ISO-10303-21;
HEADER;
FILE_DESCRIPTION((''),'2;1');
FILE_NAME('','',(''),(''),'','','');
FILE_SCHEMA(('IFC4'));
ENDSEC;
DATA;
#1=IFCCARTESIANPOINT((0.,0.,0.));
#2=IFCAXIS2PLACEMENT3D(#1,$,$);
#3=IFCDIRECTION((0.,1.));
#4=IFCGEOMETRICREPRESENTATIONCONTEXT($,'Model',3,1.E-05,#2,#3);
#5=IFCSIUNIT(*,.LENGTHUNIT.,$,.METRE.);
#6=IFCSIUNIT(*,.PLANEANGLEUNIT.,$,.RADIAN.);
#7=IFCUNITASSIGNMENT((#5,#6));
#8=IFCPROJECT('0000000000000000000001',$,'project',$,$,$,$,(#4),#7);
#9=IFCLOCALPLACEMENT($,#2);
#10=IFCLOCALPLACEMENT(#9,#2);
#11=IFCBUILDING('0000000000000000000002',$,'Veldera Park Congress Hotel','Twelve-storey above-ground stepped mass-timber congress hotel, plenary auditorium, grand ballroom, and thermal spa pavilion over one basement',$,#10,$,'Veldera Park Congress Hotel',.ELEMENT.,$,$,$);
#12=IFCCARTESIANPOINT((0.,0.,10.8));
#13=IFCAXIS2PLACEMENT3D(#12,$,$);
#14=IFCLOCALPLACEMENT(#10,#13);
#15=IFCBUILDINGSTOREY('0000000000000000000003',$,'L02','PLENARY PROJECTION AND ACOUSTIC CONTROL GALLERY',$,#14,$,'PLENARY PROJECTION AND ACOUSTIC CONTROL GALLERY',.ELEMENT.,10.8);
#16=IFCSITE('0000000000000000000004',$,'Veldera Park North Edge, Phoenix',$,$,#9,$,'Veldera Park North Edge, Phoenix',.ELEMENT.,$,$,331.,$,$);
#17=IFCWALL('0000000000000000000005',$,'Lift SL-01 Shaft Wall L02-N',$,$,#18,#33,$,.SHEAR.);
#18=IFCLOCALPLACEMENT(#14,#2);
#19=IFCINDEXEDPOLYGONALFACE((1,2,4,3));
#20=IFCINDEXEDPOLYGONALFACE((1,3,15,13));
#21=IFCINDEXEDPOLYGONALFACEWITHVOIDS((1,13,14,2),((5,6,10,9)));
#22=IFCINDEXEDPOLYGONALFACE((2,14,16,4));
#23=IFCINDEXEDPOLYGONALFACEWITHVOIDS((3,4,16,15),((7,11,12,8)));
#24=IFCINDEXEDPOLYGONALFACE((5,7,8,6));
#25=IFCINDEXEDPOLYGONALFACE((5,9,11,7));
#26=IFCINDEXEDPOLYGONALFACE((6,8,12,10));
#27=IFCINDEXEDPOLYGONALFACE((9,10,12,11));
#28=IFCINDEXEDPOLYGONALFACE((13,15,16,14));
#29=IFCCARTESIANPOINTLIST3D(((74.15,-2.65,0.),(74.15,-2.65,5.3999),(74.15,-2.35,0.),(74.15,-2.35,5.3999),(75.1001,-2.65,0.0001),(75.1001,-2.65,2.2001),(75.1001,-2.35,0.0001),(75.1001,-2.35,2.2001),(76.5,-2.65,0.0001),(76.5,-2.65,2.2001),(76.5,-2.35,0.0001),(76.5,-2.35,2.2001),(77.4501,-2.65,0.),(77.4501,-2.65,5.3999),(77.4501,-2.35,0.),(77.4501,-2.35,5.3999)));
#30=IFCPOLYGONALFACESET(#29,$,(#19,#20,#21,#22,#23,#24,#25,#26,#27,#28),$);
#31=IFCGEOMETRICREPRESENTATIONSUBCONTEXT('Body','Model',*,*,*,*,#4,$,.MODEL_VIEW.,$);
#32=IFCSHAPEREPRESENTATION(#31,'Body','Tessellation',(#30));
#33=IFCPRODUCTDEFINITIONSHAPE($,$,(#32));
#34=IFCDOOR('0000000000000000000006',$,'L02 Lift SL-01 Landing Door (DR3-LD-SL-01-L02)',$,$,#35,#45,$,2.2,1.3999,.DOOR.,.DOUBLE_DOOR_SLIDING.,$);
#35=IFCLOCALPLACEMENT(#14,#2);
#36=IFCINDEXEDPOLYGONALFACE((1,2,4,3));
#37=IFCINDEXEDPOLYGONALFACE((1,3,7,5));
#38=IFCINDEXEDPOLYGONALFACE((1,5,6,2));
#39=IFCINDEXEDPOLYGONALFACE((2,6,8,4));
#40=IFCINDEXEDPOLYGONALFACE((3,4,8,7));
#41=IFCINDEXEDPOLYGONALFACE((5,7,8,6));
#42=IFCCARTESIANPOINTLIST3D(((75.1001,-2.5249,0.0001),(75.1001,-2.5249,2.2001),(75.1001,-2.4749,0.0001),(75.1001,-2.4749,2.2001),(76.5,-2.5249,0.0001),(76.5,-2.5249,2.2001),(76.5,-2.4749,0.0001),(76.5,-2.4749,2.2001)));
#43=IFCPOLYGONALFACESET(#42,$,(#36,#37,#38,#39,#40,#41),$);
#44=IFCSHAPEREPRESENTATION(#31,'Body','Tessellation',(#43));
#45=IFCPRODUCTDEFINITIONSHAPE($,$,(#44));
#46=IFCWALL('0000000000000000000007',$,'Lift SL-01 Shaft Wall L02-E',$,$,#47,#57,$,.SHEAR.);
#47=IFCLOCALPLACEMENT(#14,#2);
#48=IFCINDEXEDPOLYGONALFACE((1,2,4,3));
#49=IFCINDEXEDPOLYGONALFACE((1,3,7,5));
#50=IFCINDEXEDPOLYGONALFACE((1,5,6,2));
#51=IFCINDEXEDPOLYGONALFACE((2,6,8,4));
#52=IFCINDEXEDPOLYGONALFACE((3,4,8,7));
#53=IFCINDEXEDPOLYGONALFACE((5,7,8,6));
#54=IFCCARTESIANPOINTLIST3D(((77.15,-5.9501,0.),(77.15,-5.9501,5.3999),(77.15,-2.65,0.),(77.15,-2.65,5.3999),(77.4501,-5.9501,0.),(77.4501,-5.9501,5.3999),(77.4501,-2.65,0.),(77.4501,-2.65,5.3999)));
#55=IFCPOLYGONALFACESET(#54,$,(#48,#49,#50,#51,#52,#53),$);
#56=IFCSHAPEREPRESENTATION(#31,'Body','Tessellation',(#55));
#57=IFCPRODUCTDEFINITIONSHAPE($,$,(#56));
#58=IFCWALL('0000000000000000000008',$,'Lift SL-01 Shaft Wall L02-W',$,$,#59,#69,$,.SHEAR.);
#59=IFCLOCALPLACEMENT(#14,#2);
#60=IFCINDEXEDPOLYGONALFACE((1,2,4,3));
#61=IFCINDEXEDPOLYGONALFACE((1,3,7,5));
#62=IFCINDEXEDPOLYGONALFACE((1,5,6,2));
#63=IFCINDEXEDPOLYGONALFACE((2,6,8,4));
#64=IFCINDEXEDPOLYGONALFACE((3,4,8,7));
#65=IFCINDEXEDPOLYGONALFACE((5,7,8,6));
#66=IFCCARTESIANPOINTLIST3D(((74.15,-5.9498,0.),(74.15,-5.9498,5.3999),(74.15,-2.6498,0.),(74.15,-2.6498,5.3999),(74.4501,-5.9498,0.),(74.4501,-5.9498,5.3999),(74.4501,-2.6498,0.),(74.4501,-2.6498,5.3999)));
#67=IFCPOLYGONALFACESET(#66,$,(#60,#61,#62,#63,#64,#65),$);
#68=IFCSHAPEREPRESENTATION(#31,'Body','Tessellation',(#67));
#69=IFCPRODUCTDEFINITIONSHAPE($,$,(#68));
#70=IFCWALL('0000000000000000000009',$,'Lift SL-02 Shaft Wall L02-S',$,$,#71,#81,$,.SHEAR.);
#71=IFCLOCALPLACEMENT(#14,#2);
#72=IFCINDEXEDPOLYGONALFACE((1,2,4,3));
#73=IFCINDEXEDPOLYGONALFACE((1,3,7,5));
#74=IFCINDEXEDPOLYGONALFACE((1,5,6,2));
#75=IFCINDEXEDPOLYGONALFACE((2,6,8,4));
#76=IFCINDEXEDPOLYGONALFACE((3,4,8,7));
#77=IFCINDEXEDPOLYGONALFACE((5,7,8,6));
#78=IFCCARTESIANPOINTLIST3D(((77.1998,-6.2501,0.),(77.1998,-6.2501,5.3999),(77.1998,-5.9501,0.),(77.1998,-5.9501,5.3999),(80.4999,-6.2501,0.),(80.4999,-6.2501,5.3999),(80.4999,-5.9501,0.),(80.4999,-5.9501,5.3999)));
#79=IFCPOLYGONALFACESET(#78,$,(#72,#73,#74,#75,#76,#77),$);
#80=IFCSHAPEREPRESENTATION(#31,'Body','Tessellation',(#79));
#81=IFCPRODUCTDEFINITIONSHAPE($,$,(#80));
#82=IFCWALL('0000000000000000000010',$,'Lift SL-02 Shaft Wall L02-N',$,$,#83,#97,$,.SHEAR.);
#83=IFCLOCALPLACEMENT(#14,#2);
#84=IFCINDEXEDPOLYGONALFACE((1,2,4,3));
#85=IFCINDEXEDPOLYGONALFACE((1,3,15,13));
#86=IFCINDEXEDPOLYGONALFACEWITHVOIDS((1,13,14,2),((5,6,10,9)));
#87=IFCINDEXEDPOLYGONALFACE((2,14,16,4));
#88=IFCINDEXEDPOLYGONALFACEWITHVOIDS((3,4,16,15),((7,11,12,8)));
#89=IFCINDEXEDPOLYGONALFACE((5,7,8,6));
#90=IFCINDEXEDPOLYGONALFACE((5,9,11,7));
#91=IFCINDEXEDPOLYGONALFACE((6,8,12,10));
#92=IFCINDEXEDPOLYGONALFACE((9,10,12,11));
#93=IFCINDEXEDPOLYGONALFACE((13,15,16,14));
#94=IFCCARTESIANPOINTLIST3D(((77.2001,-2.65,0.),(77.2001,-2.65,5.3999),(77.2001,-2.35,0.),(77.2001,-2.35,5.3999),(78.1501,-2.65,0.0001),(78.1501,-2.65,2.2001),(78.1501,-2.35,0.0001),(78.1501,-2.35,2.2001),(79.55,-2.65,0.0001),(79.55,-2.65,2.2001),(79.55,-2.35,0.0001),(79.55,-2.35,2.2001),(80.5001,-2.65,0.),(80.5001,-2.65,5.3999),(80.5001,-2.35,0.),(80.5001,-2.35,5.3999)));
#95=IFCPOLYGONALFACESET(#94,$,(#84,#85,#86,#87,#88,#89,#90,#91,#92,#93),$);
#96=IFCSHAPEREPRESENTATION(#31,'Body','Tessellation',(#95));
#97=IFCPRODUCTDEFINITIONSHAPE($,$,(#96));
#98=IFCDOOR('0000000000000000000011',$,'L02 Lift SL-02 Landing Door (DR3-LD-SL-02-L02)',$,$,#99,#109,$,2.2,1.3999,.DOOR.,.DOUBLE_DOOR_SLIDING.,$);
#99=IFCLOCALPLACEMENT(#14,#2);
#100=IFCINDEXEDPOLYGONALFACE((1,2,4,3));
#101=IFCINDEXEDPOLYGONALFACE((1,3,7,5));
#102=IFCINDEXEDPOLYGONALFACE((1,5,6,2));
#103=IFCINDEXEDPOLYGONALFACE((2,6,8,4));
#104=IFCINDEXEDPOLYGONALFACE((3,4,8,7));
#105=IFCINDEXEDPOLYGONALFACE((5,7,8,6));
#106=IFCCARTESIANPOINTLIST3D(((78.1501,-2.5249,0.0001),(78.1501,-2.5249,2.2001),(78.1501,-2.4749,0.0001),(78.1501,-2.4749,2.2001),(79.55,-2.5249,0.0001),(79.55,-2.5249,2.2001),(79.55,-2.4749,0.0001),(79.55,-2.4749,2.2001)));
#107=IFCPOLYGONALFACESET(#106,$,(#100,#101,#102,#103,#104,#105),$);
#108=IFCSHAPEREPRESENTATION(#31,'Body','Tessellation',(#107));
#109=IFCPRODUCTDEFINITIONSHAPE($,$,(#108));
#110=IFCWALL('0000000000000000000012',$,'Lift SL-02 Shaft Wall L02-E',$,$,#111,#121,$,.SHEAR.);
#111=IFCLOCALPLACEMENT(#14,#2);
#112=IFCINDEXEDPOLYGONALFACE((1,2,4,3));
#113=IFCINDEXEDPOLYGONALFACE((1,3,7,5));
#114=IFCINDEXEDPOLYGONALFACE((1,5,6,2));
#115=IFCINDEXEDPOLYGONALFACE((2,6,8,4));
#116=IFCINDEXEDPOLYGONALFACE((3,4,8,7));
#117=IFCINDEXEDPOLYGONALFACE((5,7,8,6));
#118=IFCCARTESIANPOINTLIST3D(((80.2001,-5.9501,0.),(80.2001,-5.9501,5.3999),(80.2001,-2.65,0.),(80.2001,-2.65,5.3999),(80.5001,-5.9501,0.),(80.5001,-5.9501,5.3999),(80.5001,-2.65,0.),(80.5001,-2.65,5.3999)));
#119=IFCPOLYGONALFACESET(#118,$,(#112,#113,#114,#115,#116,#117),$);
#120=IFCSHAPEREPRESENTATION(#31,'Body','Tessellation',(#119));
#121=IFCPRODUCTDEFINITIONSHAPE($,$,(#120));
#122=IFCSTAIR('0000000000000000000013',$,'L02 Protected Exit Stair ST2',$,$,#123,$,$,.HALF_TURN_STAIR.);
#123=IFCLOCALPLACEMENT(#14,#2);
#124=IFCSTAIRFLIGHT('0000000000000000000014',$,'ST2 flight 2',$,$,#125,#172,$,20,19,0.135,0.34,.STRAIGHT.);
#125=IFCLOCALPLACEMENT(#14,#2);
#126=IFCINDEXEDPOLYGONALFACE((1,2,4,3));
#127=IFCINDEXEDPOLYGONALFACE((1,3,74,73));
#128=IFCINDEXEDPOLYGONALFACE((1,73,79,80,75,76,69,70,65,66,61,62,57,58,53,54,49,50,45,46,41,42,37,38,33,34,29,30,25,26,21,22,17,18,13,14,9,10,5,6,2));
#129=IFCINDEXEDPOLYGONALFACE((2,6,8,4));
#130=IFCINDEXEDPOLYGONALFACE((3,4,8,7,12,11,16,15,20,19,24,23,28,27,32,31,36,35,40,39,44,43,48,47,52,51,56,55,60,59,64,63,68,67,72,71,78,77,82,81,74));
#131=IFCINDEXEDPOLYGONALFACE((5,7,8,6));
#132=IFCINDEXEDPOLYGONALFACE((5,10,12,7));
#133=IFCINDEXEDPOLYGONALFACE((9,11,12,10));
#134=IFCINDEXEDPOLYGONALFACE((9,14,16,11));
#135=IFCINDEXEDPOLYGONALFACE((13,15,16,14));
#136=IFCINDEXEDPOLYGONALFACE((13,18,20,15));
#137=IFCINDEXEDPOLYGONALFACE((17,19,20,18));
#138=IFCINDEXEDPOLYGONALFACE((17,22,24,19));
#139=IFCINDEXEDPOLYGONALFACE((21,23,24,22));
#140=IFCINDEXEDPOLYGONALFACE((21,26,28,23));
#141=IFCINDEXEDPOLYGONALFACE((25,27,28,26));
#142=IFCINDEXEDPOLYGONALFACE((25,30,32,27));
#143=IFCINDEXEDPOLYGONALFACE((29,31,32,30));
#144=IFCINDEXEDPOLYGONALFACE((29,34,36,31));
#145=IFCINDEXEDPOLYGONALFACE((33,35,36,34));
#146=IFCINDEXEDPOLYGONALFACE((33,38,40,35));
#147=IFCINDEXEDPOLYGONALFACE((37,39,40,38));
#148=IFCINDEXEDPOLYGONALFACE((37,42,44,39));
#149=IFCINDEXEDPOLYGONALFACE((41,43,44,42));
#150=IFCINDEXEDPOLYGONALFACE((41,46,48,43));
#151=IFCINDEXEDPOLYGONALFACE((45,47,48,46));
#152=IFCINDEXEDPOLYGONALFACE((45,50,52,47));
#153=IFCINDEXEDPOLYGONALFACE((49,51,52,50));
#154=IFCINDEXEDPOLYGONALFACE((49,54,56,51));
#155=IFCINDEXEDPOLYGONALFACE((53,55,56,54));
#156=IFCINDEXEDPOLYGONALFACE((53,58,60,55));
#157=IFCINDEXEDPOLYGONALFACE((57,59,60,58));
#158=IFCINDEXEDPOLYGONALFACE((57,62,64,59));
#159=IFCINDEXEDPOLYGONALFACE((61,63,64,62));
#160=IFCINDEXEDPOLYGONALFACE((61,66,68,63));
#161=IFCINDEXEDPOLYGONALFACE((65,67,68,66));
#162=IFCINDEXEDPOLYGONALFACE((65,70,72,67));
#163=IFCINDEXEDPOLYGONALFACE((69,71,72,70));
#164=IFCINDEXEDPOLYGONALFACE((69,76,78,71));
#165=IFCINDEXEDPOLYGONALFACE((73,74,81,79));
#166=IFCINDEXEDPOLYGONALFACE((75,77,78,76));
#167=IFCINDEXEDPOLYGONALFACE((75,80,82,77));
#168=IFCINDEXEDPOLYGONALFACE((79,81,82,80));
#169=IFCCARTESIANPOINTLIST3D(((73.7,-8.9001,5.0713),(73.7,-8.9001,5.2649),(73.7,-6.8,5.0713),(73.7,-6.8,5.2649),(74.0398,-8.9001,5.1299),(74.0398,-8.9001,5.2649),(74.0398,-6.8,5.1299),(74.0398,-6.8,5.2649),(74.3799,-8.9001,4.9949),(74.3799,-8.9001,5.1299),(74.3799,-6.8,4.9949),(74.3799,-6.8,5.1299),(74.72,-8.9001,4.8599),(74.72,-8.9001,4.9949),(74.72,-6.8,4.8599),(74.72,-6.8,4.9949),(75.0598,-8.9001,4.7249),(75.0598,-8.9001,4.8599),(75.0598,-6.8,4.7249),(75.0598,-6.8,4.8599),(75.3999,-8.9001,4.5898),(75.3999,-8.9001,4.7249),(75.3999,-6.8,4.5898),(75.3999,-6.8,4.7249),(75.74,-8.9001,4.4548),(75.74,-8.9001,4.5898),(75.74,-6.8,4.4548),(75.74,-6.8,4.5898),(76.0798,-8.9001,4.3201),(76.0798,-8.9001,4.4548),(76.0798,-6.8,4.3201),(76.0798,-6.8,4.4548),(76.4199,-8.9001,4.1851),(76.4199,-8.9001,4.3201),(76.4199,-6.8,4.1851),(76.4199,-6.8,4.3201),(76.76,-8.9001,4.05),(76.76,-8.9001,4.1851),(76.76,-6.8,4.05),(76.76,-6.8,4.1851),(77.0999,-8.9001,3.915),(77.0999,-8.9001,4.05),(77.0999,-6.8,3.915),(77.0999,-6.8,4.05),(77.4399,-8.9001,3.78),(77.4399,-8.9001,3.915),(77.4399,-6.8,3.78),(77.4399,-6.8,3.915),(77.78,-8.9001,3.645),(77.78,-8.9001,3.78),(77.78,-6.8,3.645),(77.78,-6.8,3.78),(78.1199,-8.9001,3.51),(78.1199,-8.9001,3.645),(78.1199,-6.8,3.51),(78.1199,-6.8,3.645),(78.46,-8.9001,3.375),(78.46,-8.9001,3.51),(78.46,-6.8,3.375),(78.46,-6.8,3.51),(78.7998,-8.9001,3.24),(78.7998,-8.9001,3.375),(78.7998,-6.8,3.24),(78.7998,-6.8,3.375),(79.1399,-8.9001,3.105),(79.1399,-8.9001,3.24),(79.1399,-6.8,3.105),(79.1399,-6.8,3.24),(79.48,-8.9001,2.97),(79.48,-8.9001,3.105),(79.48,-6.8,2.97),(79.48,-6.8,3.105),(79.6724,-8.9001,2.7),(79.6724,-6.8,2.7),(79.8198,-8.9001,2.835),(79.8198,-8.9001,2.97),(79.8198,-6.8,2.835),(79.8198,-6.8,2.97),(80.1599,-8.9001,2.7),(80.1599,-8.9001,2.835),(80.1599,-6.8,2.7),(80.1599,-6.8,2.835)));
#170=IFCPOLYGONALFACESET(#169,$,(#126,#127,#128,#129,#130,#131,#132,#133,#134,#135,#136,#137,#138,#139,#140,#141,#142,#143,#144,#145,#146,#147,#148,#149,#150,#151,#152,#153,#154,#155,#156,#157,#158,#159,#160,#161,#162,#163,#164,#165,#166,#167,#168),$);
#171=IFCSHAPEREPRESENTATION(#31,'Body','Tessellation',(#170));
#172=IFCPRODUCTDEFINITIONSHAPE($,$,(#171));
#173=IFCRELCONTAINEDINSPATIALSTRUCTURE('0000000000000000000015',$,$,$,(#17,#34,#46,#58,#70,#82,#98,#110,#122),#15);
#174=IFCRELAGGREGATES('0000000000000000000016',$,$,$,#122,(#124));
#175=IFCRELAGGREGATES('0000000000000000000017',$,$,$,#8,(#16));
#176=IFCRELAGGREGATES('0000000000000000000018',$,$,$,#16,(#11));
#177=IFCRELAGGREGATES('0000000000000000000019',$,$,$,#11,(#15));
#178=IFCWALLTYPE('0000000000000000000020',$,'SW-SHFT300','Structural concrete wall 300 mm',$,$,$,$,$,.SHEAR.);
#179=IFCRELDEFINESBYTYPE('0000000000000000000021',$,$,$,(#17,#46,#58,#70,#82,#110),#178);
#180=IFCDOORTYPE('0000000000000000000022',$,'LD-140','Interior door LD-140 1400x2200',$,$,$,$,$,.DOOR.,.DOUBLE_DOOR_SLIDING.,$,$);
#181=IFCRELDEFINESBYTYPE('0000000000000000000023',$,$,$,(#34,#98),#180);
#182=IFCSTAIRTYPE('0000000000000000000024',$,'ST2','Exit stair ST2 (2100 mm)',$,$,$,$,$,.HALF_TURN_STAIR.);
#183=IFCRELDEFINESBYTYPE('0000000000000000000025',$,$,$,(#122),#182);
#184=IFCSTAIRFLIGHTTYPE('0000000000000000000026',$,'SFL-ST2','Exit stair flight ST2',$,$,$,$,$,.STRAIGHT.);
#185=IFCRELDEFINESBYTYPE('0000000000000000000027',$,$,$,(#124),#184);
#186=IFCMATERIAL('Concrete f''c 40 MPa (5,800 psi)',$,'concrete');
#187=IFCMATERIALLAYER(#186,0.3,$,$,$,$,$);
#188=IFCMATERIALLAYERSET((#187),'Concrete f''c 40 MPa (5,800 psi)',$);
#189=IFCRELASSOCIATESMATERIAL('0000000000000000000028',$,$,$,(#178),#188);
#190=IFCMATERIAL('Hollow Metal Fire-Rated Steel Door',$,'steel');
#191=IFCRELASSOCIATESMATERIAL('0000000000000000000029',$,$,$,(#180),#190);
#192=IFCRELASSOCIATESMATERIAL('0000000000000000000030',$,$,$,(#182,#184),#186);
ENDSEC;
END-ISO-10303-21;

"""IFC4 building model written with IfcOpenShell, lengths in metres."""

from ifc_helpers import new_model, si_unit, direction, frame, frame_2d, origin, place, context, subcontext, project, spatial, polyline, rectangle, outline, extrude, material, layer, layer_set, type_object, element, fill, aggregate, save


model = new_model("IFC4")

# Units and contexts
model_context = context("Model", 3, precision=1e-05, world=origin(), true_north=direction((0.0, 1.0)))
body_context = subcontext(model_context, "Body", "Model", "MODEL_VIEW")
ifc_project = project(units=[si_unit("LENGTHUNIT", "METRE"), si_unit("PLANEANGLEUNIT", "RADIAN")], contexts=[model_context])

# Site, building, storey
site_placement = place(None, origin())
site = spatial("IfcSite", under=ifc_project, at=site_placement, Name="Veldera Park North Edge, Phoenix", LongName="Veldera Park North Edge, Phoenix", CompositionType="ELEMENT", RefElevation=331.0)
building_placement = place(site_placement, origin())
building = spatial("IfcBuilding", under=site, at=building_placement, Name="Veldera Park Congress Hotel", Description="Twelve-storey above-ground stepped mass-timber congress hotel, plenary auditorium, grand ballroom, and thermal spa pavilion over one basement", LongName="Veldera Park Congress Hotel", CompositionType="ELEMENT")
storey_placement = place(building_placement, frame((0.0, 0.0, 10.8)))
storey = spatial("IfcBuildingStorey", under=building, at=storey_placement, Name="L02", Description="PLENARY PROJECTION AND ACOUSTIC CONTROL GALLERY", LongName="PLENARY PROJECTION AND ACOUSTIC CONTROL GALLERY", CompositionType="ELEMENT", Elevation=10.8)

# Shared definitions
ifc_material_1 = material(Name="Concrete f'c 40 MPa (5,800 psi)", Category="concrete")

# Shared definitions
ifc_material_2 = material(Name="Hollow Metal Fire-Rated Steel Door", Category="steel")

# Shared definitions
ifc_layer_1 = layer(ifc_material_1, 0.3)
ifc_layer_set_1 = layer_set([ifc_layer_1], Name="Concrete f'c 40 MPa (5,800 psi)")
wall_type_1 = type_object("IfcWallType", Name="SW-SHFT300", Description="Structural concrete wall 300 mm", PredefinedType="SHEAR", material=ifc_layer_set_1)

# Wall, opening, door
wall_1_placement = place(storey_placement, frame((77.45, -2.5, 0.0), z_axis=(0.0, 0.0, 1.0), x_axis=(-1.0, 0.0, 0.0)))
wall_1 = element("IfcWall", 1, at=wall_1_placement, inside=storey, type_object=wall_type_1, Name="Lift SL-01 Shaft Wall L02-N", PredefinedType="SHEAR", context=body_context, shape_type="SweptSolid", body=[
    extrude(rectangle(XDim=3.3, YDim=0.3, at=frame_2d((1.6499, 0.0))), origin(), (0.0, 0.0, 1.0), 5.3999),
])
opening_1_placement = place(wall_1_placement, frame((0.95, 0.0, 0.0)))
opening_1 = element("IfcOpeningElement", 2, at=opening_1_placement, cuts=wall_1, PredefinedType="OPENING", context=body_context, shape_type="SweptSolid", body=[
    extrude(rectangle(XDim=1.3999, YDim=2.2, at=frame_2d((0.7, 1.1001))), frame((0.0, 0.1621, 0.0), z_axis=(0.0, -1.0, 0.0), x_axis=(1.0, 0.0, 0.0)), (0.0, 0.0, 1.0), 0.324),
])
door_type_1 = type_object("IfcDoorType", Name="LD-140", Description="Interior door LD-140 1400x2200", OperationType="DOUBLE_DOOR_SLIDING", PredefinedType="DOOR", material=ifc_material_2)
door_1_placement = place(opening_1_placement, origin())
door_1 = element("IfcDoor", 3, at=door_1_placement, inside=storey, type_object=door_type_1, Name="L02 Lift SL-01 Landing Door (DR3-LD-SL-01-L02)", OperationType="DOUBLE_DOOR_SLIDING", OverallHeight=2.2, OverallWidth=1.3999, PredefinedType="DOOR", context=body_context, shape_type="SweptSolid", body=[
    extrude(rectangle(XDim=1.3999, YDim=2.2, at=frame_2d((0.7, 1.1001))), frame((0.0, 0.0249, 0.0), z_axis=(0.0, -1.0, 0.0), x_axis=(1.0, 0.0, 0.0)), (0.0, 0.0, 1.0), 0.05),
])
fill(opening_1, door_1)

# Walls
for number, where, z_axis, x_axis, name in (
    (4, (77.3, -5.95, 0.0), (0.0, 0.0, 1.0), (0.0, 1.0, 0.0), "Lift SL-01 Shaft Wall L02-E"),
    (5, (74.3, -2.6499, 0.0), (0.0, 0.0, 1.0), (0.0, -1.0, 0.0), "Lift SL-01 Shaft Wall L02-W"),
    (6, (77.2, -6.1001, 0.0), (0.0, 0.0, 1.0), (1.0, 0.0, 0.0), "Lift SL-02 Shaft Wall L02-S"),
):
    element("IfcWall", number, at=place(storey_placement, frame(where, z_axis=z_axis, x_axis=x_axis)), inside=storey, type_object=wall_type_1, Name=name, PredefinedType="SHEAR", context=body_context, shape_type="SweptSolid", body=[
        extrude(rectangle(XDim=3.3, YDim=0.3, at=frame_2d((1.6499, 0.0))), origin(), (0.0, 0.0, 1.0), 5.3999),
    ])

# Wall, opening, door
wall_2_placement = place(storey_placement, frame((80.5, -2.5, 0.0), z_axis=(0.0, 0.0, 1.0), x_axis=(-1.0, 0.0, 0.0)))
wall_2 = element("IfcWall", 7, at=wall_2_placement, inside=storey, type_object=wall_type_1, Name="Lift SL-02 Shaft Wall L02-N", PredefinedType="SHEAR", context=body_context, shape_type="SweptSolid", body=[
    extrude(rectangle(XDim=3.3, YDim=0.3, at=frame_2d((1.6499, 0.0))), origin(), (0.0, 0.0, 1.0), 5.3999),
])
opening_2_placement = place(wall_2_placement, frame((0.95, 0.0, 0.0)))
opening_2 = element("IfcOpeningElement", 8, at=opening_2_placement, cuts=wall_2, PredefinedType="OPENING", context=body_context, shape_type="SweptSolid", body=[
    extrude(rectangle(XDim=1.3999, YDim=2.2, at=frame_2d((0.7, 1.1001))), frame((0.0, 0.1621, 0.0), z_axis=(0.0, -1.0, 0.0), x_axis=(1.0, 0.0, 0.0)), (0.0, 0.0, 1.0), 0.324),
])
door_2_placement = place(opening_2_placement, origin())
door_2 = element("IfcDoor", 9, at=door_2_placement, inside=storey, type_object=door_type_1, Name="L02 Lift SL-02 Landing Door (DR3-LD-SL-02-L02)", OperationType="DOUBLE_DOOR_SLIDING", OverallHeight=2.2, OverallWidth=1.3999, PredefinedType="DOOR", context=body_context, shape_type="SweptSolid", body=[
    extrude(rectangle(XDim=1.3999, YDim=2.2, at=frame_2d((0.7, 1.1001))), frame((0.0, 0.0249, 0.0), z_axis=(0.0, -1.0, 0.0), x_axis=(1.0, 0.0, 0.0)), (0.0, 0.0, 1.0), 0.05),
])
fill(opening_2, door_2)

# Wall
wall_3_placement = place(storey_placement, frame((80.3501, -5.95, 0.0), z_axis=(0.0, 0.0, 1.0), x_axis=(0.0, 1.0, 0.0)))
element("IfcWall", 10, at=wall_3_placement, inside=storey, type_object=wall_type_1, Name="Lift SL-02 Shaft Wall L02-E", PredefinedType="SHEAR", context=body_context, shape_type="SweptSolid", body=[
    extrude(rectangle(XDim=3.3, YDim=0.3, at=frame_2d((1.6499, 0.0))), origin(), (0.0, 0.0, 1.0), 5.3999),
])

# Stair, stair flight
stair_type = type_object("IfcStairType", Name="ST2", Description="Exit stair ST2 (2100 mm)", PredefinedType="HALF_TURN_STAIR", material=ifc_material_1)
stair_placement = place(storey_placement, origin())
stair = element("IfcStair", 11, at=stair_placement, inside=storey, type_object=stair_type, Name="L02 Protected Exit Stair ST2", PredefinedType="HALF_TURN_STAIR")
stair_flight_type = type_object("IfcStairFlightType", Name="SFL-ST2", Description="Exit stair flight ST2", PredefinedType="STRAIGHT", material=ifc_material_1)
stair_flight_placement = place(storey_placement, frame((80.1599, -7.8501, 2.7), z_axis=(0.0, 0.0, 1.0), x_axis=(-1.0, 0.0, 0.0)))
stair_flight = element("IfcStairFlight", 12, at=stair_flight_placement, type_object=stair_flight_type, Name="ST2 flight 2", NumberOfRisers=20, NumberOfTreads=19, PredefinedType="STRAIGHT", RiserHeight=0.135, TreadLength=0.34, context=body_context, shape_type="SweptSolid", body=[
    extrude(outline(polyline([(0.0, 0.0), (0.0, 0.135), (0.3401, 0.135), (0.3401, 0.27), (0.6799, 0.27), (0.6799, 0.405), (1.02, 0.405), (1.02, 0.54), (1.3601, 0.54), (1.3601, 0.675), (1.7, 0.675), (1.7, 0.8101), (2.04, 0.8101), (2.04, 0.9451), (2.3799, 0.9451), (2.3799, 1.0801), (2.72, 1.0801), (2.72, 1.2151), (3.0601, 1.2151), (3.0601, 1.3501), (3.3999, 1.3501), (3.3999, 1.4851), (3.74, 1.4851), (3.74, 1.6201), (4.0801, 1.6201), (4.0801, 1.7549), (4.4199, 1.7549), (4.4199, 1.8899), (4.76, 1.8899), (4.76, 2.0249), (5.1001, 2.0249), (5.1001, 2.1599), (5.4399, 2.1599), (5.4399, 2.2949), (5.78, 2.2949), (5.78, 2.4299), (6.1201, 2.4299), (6.1201, 2.5649), (6.46, 2.5649), (6.46, 2.7), (6.46, 2.7), (6.46, 2.3713), (0.4875, 0.0), (0.0, 0.0)])), frame((0.0, 1.05, 0.0), z_axis=(0.0, -1.0, 0.0), x_axis=(1.0, 0.0, 0.0)), (0.0, 0.0, 1.0), 2.1001),
])
aggregate(stair, [stair_flight])

save(model, "model.ifc")
